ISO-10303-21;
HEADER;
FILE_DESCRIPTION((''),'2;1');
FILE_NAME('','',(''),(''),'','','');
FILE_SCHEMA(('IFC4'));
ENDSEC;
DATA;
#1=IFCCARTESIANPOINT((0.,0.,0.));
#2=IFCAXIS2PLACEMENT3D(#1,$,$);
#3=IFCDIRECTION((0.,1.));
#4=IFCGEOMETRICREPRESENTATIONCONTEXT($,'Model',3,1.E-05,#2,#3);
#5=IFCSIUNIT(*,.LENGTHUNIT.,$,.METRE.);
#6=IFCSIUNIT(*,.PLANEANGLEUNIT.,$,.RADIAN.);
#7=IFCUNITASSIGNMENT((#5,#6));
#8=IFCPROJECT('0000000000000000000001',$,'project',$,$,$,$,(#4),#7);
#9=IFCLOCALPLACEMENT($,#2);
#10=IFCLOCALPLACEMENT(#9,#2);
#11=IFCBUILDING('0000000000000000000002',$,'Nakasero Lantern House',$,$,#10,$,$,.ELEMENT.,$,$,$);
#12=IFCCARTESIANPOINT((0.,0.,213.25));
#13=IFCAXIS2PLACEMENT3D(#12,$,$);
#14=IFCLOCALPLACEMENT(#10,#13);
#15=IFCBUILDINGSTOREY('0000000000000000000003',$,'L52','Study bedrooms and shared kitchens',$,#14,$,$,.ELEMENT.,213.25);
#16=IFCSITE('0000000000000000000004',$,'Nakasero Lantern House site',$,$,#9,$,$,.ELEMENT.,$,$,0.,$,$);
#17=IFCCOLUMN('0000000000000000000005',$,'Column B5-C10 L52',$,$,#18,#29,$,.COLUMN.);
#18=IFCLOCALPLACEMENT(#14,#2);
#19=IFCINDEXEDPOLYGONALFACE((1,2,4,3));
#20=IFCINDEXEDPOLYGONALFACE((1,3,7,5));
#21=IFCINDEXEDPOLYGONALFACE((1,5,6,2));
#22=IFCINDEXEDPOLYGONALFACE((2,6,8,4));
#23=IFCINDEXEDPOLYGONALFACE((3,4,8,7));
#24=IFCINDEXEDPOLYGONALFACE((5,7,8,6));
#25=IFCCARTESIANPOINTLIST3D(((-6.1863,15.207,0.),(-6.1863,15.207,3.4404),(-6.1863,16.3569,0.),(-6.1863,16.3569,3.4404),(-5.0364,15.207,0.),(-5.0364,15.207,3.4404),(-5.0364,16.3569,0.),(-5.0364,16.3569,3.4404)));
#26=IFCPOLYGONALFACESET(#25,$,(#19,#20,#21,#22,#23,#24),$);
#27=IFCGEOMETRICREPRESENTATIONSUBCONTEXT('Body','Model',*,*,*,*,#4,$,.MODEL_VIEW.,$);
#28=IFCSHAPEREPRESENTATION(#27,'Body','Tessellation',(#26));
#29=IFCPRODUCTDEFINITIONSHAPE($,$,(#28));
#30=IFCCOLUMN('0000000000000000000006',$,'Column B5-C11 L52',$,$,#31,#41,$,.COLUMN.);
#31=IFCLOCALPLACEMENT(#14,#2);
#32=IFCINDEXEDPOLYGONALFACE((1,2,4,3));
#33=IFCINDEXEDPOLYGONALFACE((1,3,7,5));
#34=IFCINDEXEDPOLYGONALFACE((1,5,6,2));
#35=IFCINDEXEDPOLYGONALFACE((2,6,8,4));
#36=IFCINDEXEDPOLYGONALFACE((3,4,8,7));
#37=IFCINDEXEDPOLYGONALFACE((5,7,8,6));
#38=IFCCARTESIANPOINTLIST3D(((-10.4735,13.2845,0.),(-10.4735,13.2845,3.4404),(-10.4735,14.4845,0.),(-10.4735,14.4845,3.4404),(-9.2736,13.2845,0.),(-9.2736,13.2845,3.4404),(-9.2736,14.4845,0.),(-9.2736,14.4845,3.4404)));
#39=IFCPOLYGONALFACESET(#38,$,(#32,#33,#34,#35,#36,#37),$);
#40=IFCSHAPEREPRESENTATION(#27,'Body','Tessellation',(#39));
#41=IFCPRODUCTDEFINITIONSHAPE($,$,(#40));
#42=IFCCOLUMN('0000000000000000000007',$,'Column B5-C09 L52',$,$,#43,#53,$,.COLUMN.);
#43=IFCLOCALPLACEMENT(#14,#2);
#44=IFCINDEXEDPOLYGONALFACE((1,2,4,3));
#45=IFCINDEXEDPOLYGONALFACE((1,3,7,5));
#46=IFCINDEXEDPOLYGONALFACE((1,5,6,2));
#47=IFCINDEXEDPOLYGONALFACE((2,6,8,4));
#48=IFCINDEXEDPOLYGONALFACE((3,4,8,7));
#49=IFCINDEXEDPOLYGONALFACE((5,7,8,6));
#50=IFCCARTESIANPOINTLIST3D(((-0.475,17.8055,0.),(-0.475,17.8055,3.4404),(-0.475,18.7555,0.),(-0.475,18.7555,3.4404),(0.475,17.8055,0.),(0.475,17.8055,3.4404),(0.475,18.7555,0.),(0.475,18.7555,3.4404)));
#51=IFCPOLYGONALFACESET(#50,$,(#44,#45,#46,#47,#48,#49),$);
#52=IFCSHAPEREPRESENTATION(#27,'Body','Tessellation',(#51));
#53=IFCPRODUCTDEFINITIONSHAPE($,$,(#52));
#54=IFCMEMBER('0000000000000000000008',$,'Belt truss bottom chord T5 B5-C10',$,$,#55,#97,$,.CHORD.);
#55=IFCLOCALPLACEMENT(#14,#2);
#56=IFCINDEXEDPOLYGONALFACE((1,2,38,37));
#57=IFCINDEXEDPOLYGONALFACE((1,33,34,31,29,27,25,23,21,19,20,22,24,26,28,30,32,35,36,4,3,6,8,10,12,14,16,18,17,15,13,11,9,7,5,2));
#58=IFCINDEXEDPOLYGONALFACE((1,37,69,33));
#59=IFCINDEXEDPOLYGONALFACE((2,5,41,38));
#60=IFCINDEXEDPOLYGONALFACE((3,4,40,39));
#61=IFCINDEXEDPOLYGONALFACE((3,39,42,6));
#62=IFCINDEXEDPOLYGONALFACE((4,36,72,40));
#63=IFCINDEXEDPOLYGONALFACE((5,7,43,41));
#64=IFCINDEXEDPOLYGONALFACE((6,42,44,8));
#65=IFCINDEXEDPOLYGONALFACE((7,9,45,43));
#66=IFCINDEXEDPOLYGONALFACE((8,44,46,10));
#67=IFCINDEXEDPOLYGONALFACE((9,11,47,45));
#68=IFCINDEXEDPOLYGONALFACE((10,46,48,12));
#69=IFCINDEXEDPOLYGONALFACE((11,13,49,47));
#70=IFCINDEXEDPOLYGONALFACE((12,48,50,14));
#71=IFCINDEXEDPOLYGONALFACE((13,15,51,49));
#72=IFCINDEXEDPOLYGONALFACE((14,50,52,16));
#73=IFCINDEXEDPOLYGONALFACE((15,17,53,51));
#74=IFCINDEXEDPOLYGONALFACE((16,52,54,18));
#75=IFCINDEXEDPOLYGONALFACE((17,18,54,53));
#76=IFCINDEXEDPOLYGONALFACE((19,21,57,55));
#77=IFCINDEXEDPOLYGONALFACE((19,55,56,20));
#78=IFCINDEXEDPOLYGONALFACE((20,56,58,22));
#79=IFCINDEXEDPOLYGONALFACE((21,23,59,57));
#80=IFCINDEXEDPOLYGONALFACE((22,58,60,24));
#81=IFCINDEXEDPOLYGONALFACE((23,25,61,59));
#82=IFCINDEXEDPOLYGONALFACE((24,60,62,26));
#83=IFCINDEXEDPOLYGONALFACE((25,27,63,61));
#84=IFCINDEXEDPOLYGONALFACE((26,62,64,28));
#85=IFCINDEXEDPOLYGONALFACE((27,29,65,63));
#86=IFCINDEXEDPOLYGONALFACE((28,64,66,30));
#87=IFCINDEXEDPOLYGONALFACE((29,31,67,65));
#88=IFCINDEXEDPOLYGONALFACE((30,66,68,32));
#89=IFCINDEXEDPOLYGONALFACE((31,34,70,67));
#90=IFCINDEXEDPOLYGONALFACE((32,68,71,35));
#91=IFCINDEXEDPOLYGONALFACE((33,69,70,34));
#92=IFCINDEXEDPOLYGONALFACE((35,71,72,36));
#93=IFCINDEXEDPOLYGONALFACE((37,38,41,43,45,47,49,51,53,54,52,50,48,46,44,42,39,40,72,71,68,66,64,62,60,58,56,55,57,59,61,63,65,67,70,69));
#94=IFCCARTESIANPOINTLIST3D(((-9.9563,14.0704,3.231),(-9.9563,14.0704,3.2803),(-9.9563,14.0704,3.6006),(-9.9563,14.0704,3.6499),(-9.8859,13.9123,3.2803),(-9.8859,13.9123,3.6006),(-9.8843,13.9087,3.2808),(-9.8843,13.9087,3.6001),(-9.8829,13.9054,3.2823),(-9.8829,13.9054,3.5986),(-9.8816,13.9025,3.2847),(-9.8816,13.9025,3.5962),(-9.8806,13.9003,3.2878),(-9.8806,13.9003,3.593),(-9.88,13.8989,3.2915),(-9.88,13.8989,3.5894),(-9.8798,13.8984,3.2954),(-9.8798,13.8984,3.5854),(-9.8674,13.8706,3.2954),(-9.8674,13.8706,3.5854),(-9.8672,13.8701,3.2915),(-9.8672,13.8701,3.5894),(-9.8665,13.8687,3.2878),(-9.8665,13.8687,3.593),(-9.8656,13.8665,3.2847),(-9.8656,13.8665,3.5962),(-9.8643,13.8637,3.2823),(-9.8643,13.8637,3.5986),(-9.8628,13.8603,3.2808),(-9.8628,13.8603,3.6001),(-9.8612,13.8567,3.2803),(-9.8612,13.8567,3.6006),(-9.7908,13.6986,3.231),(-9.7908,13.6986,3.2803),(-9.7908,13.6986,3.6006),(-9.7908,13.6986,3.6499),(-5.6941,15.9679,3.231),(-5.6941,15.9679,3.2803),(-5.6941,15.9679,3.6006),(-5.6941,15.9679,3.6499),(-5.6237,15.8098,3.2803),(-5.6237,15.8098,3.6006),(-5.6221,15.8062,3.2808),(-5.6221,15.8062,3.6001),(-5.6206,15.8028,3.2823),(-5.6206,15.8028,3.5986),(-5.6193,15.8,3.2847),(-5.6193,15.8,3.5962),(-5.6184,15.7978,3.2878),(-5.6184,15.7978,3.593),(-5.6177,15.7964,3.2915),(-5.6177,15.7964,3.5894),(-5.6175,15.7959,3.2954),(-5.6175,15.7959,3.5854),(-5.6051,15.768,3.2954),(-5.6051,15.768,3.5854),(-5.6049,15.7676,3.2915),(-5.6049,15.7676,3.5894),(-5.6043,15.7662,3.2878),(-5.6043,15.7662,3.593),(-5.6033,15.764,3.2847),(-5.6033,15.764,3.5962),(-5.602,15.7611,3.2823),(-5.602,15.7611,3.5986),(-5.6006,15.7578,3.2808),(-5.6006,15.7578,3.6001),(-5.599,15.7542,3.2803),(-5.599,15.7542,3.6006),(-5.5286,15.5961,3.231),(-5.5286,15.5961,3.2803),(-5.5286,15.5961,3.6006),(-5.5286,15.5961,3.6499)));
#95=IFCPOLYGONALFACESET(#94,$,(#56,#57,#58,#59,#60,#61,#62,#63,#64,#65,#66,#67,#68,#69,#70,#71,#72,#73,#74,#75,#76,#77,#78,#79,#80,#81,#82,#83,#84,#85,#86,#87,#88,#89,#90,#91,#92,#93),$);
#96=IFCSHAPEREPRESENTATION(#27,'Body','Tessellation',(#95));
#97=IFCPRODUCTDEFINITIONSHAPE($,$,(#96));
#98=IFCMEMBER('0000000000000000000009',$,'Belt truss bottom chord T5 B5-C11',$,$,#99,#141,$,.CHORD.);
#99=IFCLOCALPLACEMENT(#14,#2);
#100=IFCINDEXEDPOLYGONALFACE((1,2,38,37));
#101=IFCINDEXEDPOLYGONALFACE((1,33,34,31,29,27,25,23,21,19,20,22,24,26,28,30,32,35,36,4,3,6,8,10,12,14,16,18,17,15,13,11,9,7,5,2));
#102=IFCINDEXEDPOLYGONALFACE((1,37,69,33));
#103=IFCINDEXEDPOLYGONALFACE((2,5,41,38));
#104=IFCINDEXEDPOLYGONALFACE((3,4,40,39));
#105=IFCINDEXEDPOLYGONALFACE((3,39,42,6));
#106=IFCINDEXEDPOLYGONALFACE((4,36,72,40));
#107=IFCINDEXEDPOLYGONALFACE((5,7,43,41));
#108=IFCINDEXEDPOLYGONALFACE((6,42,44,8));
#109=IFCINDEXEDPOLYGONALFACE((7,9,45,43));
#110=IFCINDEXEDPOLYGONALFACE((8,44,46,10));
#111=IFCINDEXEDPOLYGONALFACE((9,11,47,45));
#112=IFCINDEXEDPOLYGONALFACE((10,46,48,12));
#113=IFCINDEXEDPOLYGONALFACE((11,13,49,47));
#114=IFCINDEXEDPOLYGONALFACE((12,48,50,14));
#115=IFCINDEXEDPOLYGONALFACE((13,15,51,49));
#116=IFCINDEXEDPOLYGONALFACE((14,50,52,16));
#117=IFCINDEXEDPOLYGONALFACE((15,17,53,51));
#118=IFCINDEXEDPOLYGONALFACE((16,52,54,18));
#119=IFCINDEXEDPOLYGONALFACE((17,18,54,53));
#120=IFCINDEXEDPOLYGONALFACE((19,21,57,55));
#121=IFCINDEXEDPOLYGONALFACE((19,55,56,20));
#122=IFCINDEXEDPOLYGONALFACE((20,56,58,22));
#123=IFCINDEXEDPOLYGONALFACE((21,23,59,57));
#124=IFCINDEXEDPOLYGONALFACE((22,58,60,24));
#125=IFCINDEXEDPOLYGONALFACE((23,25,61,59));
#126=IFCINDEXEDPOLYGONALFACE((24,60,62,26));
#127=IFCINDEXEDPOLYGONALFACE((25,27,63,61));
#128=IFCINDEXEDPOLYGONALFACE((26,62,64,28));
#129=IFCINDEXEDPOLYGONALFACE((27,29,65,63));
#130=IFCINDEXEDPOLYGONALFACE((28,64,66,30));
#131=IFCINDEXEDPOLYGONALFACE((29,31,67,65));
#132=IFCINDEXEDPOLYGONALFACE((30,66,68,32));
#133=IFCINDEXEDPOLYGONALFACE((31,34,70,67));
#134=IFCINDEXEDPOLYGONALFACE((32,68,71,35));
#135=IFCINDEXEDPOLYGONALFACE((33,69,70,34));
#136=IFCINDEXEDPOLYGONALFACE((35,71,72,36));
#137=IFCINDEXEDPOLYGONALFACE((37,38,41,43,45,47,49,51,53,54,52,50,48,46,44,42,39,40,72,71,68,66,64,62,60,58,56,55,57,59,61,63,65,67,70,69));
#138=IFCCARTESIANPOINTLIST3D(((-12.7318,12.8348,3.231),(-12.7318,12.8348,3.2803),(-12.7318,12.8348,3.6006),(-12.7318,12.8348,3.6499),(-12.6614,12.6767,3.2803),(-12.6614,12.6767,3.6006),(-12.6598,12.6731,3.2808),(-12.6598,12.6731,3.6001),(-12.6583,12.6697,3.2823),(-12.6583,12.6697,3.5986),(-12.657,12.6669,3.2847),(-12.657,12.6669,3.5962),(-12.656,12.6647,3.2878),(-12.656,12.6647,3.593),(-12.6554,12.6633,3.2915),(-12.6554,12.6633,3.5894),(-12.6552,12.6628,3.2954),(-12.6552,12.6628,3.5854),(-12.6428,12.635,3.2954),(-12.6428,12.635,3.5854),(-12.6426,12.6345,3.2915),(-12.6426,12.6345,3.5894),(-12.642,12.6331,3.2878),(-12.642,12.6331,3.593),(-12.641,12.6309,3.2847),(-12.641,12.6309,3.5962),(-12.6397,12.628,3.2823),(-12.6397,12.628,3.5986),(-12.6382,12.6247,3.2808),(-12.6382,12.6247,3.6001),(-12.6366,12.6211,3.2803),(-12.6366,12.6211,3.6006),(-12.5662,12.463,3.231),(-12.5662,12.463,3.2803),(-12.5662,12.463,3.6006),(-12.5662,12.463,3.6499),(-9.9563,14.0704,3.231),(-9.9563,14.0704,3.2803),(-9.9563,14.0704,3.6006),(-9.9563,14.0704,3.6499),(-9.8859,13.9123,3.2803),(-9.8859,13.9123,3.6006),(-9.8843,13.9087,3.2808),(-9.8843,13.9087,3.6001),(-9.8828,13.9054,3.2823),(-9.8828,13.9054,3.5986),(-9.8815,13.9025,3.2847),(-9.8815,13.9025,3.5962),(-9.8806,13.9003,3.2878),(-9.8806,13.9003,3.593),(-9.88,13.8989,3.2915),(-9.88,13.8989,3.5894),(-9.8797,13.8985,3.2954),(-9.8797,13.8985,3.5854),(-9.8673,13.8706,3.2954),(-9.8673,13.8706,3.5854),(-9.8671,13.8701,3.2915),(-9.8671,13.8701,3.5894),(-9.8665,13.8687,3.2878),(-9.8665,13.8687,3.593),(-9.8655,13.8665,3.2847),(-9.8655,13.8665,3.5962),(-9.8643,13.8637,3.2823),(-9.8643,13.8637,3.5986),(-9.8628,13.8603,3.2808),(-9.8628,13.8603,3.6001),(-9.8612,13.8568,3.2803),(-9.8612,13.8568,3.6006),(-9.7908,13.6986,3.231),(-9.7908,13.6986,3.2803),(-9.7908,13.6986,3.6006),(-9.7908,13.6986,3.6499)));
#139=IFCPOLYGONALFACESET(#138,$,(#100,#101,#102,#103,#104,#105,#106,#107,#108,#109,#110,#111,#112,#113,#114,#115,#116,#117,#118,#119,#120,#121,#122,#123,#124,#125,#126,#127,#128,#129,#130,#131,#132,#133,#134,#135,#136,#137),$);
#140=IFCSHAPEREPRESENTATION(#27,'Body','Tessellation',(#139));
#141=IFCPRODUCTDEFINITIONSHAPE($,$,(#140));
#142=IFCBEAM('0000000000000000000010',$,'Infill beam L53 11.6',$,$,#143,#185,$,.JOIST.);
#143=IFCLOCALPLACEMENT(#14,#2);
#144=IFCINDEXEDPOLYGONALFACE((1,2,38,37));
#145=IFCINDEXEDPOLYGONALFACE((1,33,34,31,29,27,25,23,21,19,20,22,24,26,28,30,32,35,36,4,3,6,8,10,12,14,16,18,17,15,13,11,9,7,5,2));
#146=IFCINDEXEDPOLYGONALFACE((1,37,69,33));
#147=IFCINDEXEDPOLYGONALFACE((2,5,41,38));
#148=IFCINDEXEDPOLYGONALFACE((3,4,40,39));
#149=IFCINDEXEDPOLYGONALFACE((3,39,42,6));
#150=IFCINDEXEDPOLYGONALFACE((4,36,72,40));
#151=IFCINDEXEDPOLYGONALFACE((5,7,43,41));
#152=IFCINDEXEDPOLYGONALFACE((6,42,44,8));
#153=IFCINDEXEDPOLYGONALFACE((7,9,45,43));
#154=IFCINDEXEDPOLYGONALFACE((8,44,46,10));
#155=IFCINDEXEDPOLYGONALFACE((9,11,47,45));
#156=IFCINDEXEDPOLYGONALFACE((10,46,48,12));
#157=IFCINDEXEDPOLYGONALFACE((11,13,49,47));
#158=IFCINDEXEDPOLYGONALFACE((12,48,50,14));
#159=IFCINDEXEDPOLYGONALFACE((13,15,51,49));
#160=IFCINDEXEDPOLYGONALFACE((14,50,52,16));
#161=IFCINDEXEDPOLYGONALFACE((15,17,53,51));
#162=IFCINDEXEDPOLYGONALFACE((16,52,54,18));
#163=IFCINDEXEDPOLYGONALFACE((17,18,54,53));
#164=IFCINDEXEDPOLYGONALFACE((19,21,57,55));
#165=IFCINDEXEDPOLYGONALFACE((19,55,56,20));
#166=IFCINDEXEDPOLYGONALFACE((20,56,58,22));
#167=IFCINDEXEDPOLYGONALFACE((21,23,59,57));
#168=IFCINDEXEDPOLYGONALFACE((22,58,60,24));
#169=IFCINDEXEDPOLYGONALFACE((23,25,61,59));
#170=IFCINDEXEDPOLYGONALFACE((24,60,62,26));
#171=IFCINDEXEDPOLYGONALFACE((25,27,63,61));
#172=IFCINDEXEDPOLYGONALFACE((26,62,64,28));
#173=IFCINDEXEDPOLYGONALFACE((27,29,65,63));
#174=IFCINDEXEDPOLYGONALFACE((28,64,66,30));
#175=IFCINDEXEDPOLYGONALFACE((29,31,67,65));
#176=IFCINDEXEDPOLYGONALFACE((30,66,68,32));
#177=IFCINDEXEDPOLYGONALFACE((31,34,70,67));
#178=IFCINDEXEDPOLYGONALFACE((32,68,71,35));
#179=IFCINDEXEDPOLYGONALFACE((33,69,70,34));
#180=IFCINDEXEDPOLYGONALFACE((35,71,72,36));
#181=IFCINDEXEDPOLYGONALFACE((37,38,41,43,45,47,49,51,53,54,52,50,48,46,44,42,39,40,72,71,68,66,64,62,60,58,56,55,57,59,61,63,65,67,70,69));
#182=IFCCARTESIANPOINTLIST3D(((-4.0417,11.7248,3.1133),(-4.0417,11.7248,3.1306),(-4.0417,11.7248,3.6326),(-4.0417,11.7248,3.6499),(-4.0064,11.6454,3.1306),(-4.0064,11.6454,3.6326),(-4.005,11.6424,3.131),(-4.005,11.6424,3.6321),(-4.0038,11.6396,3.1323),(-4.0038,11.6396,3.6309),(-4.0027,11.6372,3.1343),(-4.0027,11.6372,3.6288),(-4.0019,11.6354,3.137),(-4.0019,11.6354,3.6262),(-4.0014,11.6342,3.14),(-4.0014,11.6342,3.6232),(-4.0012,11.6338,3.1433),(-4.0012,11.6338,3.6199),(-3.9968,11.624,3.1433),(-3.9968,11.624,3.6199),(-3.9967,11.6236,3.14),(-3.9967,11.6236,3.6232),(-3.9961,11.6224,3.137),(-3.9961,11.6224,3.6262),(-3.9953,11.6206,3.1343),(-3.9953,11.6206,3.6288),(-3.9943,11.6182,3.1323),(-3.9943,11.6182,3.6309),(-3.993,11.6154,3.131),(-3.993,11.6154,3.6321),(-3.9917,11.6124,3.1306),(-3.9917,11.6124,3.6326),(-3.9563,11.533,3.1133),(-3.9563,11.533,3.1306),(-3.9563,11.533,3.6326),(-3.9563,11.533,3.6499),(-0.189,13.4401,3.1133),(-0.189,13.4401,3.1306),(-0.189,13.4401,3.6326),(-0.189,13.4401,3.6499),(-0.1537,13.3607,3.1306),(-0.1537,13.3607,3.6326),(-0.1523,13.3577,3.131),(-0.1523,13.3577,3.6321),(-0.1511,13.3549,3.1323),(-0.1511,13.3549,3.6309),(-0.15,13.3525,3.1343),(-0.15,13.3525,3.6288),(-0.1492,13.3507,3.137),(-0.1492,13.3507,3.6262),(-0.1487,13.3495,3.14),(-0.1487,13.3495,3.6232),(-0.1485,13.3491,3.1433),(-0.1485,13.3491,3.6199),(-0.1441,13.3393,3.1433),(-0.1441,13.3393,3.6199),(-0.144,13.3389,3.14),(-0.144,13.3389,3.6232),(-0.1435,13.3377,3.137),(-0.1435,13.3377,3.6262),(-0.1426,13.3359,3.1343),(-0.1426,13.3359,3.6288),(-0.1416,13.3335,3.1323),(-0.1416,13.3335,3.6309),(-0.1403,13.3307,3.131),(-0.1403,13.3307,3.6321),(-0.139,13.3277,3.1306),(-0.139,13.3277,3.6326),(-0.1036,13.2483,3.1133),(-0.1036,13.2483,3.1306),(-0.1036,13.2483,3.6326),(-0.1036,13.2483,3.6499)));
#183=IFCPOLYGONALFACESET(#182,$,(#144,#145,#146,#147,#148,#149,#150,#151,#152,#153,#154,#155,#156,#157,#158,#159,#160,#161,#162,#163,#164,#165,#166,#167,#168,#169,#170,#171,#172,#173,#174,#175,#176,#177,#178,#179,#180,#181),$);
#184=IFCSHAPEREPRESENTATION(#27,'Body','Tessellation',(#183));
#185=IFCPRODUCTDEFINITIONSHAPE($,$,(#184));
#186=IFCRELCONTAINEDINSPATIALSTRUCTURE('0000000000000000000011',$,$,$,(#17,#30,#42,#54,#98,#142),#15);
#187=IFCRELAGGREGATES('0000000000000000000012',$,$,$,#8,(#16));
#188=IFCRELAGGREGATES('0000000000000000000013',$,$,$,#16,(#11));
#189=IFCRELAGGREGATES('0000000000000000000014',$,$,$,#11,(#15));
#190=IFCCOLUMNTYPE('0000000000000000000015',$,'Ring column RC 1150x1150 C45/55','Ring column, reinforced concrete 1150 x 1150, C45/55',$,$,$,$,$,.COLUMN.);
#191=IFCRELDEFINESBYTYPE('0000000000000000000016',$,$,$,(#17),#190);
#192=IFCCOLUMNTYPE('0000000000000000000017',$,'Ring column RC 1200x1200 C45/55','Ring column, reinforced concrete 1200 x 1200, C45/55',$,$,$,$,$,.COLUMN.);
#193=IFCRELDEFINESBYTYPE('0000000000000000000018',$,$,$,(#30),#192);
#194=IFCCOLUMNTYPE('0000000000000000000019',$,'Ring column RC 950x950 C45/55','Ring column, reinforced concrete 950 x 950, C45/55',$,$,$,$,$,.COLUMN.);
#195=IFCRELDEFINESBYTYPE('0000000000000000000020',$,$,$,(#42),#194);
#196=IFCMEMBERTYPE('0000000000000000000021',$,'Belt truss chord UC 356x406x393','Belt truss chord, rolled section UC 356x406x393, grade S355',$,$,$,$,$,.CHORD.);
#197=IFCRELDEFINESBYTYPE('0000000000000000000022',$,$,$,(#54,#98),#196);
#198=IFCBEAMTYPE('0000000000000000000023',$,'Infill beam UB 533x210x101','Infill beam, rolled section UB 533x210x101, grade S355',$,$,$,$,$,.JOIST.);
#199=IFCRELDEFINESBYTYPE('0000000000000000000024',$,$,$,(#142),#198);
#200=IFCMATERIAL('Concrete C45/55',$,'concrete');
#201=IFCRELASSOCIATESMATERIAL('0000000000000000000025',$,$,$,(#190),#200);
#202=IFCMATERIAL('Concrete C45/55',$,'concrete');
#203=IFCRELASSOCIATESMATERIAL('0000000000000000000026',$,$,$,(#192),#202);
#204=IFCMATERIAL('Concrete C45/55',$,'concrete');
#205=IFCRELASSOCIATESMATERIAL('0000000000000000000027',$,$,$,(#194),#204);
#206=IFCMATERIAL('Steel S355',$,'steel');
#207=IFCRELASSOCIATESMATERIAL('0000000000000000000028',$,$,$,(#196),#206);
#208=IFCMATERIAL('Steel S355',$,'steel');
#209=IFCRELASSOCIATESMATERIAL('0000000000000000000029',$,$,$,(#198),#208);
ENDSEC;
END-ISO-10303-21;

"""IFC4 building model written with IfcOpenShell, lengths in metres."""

from ifc_helpers import new_model, si_unit, direction, frame, origin, origin_2d, place, context, subcontext, project, spatial, rectangle, i_section, extrude, material, material_profile, profile_set, type_object, element, save


model = new_model("IFC4")

# Units and contexts
model_context = context("Model", 3, precision=1e-05, world=origin(), true_north=direction((0.0, 1.0)))
body_context = subcontext(model_context, "Body", "Model", "MODEL_VIEW")
ifc_project = project(units=[si_unit("LENGTHUNIT", "METRE"), si_unit("PLANEANGLEUNIT", "RADIAN")], contexts=[model_context])

# Site, building, storey
site_placement = place(None, origin())
site = spatial("IfcSite", under=ifc_project, at=site_placement, Name="Nakasero Lantern House site", CompositionType="ELEMENT", RefElevation=0.0)
building_placement = place(site_placement, origin())
building = spatial("IfcBuilding", under=site, at=building_placement, Name="Nakasero Lantern House", CompositionType="ELEMENT")
storey_placement = place(building_placement, frame((0.0, 0.0, 213.25)))
storey = spatial("IfcBuildingStorey", under=building, at=storey_placement, Name="L52", Description="Study bedrooms and shared kitchens", CompositionType="ELEMENT", Elevation=213.25)

# Columns
ifc_material_1 = material(Name="Concrete C45/55", Category="concrete")
ifc_material_profile_1 = material_profile(ifc_material_1, rectangle(XDim=1.1499, YDim=1.1499, at=origin_2d()), Name="RC 1150x1150")
ifc_profile_set_1 = profile_set([ifc_material_profile_1], Name="Concrete C45/55")
column_type_1 = type_object("IfcColumnType", Name="Ring column RC 1150x1150 C45/55", Description="Ring column, reinforced concrete 1150 x 1150, C45/55", PredefinedType="COLUMN", material=ifc_profile_set_1)
column_1_placement = place(storey_placement, frame((-5.6113, 15.782, 0.0), z_axis=(0.0, 0.0, 1.0), x_axis=(1.0, 0.0, 0.0)))
element("IfcColumn", 1, at=column_1_placement, inside=storey, type_object=column_type_1, Name="Column B5-C10 L52", PredefinedType="COLUMN", context=body_context, shape_type="SweptSolid", body=[
    extrude(rectangle(XDim=1.1499, YDim=1.1499, at=origin_2d()), origin(), (0.0, 0.0, 1.0), 3.4404),
])
ifc_material_2 = material(Name="Concrete C45/55", Category="concrete")
ifc_material_profile_2 = material_profile(ifc_material_2, rectangle(XDim=1.2, YDim=1.2, at=origin_2d()), Name="RC 1200x1200")
ifc_profile_set_2 = profile_set([ifc_material_profile_2], Name="Concrete C45/55")
column_type_2 = type_object("IfcColumnType", Name="Ring column RC 1200x1200 C45/55", Description="Ring column, reinforced concrete 1200 x 1200, C45/55", PredefinedType="COLUMN", material=ifc_profile_set_2)
column_2_placement = place(storey_placement, frame((-9.8735, 13.8845, 0.0), z_axis=(0.0, 0.0, 1.0), x_axis=(1.0, 0.0, 0.0)))
element("IfcColumn", 2, at=column_2_placement, inside=storey, type_object=column_type_2, Name="Column B5-C11 L52", PredefinedType="COLUMN", context=body_context, shape_type="SweptSolid", body=[
    extrude(rectangle(XDim=1.2, YDim=1.2, at=origin_2d()), origin(), (0.0, 0.0, 1.0), 3.4404),
])
ifc_material_3 = material(Name="Concrete C45/55", Category="concrete")
ifc_material_profile_3 = material_profile(ifc_material_3, rectangle(XDim=0.95, YDim=0.95, at=origin_2d()), Name="RC 950x950")
ifc_profile_set_3 = profile_set([ifc_material_profile_3], Name="Concrete C45/55")
column_type_3 = type_object("IfcColumnType", Name="Ring column RC 950x950 C45/55", Description="Ring column, reinforced concrete 950 x 950, C45/55", PredefinedType="COLUMN", material=ifc_profile_set_3)
column_3_placement = place(storey_placement, frame((0.0, 18.2805, 0.0), z_axis=(0.0, 0.0, 1.0), x_axis=(1.0, 0.0, 0.0)))
element("IfcColumn", 3, at=column_3_placement, inside=storey, type_object=column_type_3, Name="Column B5-C09 L52", PredefinedType="COLUMN", context=body_context, shape_type="SweptSolid", body=[
    extrude(rectangle(XDim=0.95, YDim=0.95, at=origin_2d()), origin(), (0.0, 0.0, 1.0), 3.4404),
])

# Members
ifc_material_4 = material(Name="Steel S355", Category="steel")
ifc_material_profile_4 = material_profile(ifc_material_4, i_section(OverallWidth=0.407, OverallDepth=0.4189, WebThickness=0.0305, FlangeThickness=0.0493, FilletRadius=0.0151, at=origin_2d()), Name="UC 356x406x393")
ifc_profile_set_4 = profile_set([ifc_material_profile_4], Name="Steel S355")
member_type = type_object("IfcMemberType", Name="Belt truss chord UC 356x406x393", Description="Belt truss chord, rolled section UC 356x406x393, grade S355", PredefinedType="CHORD", material=ifc_profile_set_4)
member_1_placement = place(storey_placement, frame((-5.6113, 15.782, 3.4404), z_axis=(-0.913561, -0.406702, 0.0), x_axis=(0.406702, -0.913561, 0.0)))
element("IfcMember", 4, at=member_1_placement, inside=storey, type_object=member_type, Name="Belt truss bottom chord T5 B5-C10", PredefinedType="CHORD", context=body_context, shape_type="SweptSolid", body=[
    extrude(i_section(OverallWidth=0.407, OverallDepth=0.4189, WebThickness=0.0305, FlangeThickness=0.0493, FilletRadius=0.0151, at=origin_2d()), origin(), (0.0, 0.0, 1.0), 4.6655),
])
member_2_placement = place(storey_placement, frame((-9.8735, 13.8845, 3.4404), z_axis=(-0.913556, -0.406713, 0.0), x_axis=(0.406713, -0.913556, 0.0)))
element("IfcMember", 5, at=member_2_placement, inside=storey, type_object=member_type, Name="Belt truss bottom chord T5 B5-C11", PredefinedType="CHORD", context=body_context, shape_type="SweptSolid", body=[
    extrude(i_section(OverallWidth=0.407, OverallDepth=0.4189, WebThickness=0.0305, FlangeThickness=0.0493, FilletRadius=0.0151, at=origin_2d()), origin(), (0.0, 0.0, 1.0), 3.0381),
])

# Beam
ifc_material_5 = material(Name="Steel S355", Category="steel")
ifc_material_profile_5 = material_profile(ifc_material_5, i_section(OverallWidth=0.21, OverallDepth=0.5366, WebThickness=0.0107, FlangeThickness=0.0173, FilletRadius=0.0127, at=origin_2d()), Name="UB 533x210x101")
ifc_profile_set_5 = profile_set([ifc_material_profile_5], Name="Steel S355")
beam_type_1 = type_object("IfcBeamType", Name="Infill beam UB 533x210x101", Description="Infill beam, rolled section UB 533x210x101, grade S355", PredefinedType="JOIST", material=ifc_profile_set_5)
beam_1_placement = place(storey_placement, frame((-3.999, 11.6289, 3.3816), z_axis=(0.913549, 0.406729, 0.0), x_axis=(-0.406729, 0.913549, 0.0)))
element("IfcBeam", 6, at=beam_1_placement, inside=storey, type_object=beam_type_1, Name="Infill beam L53 11.6", PredefinedType="JOIST", context=body_context, shape_type="SweptSolid", body=[
    extrude(i_section(OverallWidth=0.21, OverallDepth=0.5366, WebThickness=0.0107, FlangeThickness=0.0173, FilletRadius=0.0127, at=origin_2d()), origin(), (0.0, 0.0, 1.0), 4.2173),
])

save(model, "model.ifc")
